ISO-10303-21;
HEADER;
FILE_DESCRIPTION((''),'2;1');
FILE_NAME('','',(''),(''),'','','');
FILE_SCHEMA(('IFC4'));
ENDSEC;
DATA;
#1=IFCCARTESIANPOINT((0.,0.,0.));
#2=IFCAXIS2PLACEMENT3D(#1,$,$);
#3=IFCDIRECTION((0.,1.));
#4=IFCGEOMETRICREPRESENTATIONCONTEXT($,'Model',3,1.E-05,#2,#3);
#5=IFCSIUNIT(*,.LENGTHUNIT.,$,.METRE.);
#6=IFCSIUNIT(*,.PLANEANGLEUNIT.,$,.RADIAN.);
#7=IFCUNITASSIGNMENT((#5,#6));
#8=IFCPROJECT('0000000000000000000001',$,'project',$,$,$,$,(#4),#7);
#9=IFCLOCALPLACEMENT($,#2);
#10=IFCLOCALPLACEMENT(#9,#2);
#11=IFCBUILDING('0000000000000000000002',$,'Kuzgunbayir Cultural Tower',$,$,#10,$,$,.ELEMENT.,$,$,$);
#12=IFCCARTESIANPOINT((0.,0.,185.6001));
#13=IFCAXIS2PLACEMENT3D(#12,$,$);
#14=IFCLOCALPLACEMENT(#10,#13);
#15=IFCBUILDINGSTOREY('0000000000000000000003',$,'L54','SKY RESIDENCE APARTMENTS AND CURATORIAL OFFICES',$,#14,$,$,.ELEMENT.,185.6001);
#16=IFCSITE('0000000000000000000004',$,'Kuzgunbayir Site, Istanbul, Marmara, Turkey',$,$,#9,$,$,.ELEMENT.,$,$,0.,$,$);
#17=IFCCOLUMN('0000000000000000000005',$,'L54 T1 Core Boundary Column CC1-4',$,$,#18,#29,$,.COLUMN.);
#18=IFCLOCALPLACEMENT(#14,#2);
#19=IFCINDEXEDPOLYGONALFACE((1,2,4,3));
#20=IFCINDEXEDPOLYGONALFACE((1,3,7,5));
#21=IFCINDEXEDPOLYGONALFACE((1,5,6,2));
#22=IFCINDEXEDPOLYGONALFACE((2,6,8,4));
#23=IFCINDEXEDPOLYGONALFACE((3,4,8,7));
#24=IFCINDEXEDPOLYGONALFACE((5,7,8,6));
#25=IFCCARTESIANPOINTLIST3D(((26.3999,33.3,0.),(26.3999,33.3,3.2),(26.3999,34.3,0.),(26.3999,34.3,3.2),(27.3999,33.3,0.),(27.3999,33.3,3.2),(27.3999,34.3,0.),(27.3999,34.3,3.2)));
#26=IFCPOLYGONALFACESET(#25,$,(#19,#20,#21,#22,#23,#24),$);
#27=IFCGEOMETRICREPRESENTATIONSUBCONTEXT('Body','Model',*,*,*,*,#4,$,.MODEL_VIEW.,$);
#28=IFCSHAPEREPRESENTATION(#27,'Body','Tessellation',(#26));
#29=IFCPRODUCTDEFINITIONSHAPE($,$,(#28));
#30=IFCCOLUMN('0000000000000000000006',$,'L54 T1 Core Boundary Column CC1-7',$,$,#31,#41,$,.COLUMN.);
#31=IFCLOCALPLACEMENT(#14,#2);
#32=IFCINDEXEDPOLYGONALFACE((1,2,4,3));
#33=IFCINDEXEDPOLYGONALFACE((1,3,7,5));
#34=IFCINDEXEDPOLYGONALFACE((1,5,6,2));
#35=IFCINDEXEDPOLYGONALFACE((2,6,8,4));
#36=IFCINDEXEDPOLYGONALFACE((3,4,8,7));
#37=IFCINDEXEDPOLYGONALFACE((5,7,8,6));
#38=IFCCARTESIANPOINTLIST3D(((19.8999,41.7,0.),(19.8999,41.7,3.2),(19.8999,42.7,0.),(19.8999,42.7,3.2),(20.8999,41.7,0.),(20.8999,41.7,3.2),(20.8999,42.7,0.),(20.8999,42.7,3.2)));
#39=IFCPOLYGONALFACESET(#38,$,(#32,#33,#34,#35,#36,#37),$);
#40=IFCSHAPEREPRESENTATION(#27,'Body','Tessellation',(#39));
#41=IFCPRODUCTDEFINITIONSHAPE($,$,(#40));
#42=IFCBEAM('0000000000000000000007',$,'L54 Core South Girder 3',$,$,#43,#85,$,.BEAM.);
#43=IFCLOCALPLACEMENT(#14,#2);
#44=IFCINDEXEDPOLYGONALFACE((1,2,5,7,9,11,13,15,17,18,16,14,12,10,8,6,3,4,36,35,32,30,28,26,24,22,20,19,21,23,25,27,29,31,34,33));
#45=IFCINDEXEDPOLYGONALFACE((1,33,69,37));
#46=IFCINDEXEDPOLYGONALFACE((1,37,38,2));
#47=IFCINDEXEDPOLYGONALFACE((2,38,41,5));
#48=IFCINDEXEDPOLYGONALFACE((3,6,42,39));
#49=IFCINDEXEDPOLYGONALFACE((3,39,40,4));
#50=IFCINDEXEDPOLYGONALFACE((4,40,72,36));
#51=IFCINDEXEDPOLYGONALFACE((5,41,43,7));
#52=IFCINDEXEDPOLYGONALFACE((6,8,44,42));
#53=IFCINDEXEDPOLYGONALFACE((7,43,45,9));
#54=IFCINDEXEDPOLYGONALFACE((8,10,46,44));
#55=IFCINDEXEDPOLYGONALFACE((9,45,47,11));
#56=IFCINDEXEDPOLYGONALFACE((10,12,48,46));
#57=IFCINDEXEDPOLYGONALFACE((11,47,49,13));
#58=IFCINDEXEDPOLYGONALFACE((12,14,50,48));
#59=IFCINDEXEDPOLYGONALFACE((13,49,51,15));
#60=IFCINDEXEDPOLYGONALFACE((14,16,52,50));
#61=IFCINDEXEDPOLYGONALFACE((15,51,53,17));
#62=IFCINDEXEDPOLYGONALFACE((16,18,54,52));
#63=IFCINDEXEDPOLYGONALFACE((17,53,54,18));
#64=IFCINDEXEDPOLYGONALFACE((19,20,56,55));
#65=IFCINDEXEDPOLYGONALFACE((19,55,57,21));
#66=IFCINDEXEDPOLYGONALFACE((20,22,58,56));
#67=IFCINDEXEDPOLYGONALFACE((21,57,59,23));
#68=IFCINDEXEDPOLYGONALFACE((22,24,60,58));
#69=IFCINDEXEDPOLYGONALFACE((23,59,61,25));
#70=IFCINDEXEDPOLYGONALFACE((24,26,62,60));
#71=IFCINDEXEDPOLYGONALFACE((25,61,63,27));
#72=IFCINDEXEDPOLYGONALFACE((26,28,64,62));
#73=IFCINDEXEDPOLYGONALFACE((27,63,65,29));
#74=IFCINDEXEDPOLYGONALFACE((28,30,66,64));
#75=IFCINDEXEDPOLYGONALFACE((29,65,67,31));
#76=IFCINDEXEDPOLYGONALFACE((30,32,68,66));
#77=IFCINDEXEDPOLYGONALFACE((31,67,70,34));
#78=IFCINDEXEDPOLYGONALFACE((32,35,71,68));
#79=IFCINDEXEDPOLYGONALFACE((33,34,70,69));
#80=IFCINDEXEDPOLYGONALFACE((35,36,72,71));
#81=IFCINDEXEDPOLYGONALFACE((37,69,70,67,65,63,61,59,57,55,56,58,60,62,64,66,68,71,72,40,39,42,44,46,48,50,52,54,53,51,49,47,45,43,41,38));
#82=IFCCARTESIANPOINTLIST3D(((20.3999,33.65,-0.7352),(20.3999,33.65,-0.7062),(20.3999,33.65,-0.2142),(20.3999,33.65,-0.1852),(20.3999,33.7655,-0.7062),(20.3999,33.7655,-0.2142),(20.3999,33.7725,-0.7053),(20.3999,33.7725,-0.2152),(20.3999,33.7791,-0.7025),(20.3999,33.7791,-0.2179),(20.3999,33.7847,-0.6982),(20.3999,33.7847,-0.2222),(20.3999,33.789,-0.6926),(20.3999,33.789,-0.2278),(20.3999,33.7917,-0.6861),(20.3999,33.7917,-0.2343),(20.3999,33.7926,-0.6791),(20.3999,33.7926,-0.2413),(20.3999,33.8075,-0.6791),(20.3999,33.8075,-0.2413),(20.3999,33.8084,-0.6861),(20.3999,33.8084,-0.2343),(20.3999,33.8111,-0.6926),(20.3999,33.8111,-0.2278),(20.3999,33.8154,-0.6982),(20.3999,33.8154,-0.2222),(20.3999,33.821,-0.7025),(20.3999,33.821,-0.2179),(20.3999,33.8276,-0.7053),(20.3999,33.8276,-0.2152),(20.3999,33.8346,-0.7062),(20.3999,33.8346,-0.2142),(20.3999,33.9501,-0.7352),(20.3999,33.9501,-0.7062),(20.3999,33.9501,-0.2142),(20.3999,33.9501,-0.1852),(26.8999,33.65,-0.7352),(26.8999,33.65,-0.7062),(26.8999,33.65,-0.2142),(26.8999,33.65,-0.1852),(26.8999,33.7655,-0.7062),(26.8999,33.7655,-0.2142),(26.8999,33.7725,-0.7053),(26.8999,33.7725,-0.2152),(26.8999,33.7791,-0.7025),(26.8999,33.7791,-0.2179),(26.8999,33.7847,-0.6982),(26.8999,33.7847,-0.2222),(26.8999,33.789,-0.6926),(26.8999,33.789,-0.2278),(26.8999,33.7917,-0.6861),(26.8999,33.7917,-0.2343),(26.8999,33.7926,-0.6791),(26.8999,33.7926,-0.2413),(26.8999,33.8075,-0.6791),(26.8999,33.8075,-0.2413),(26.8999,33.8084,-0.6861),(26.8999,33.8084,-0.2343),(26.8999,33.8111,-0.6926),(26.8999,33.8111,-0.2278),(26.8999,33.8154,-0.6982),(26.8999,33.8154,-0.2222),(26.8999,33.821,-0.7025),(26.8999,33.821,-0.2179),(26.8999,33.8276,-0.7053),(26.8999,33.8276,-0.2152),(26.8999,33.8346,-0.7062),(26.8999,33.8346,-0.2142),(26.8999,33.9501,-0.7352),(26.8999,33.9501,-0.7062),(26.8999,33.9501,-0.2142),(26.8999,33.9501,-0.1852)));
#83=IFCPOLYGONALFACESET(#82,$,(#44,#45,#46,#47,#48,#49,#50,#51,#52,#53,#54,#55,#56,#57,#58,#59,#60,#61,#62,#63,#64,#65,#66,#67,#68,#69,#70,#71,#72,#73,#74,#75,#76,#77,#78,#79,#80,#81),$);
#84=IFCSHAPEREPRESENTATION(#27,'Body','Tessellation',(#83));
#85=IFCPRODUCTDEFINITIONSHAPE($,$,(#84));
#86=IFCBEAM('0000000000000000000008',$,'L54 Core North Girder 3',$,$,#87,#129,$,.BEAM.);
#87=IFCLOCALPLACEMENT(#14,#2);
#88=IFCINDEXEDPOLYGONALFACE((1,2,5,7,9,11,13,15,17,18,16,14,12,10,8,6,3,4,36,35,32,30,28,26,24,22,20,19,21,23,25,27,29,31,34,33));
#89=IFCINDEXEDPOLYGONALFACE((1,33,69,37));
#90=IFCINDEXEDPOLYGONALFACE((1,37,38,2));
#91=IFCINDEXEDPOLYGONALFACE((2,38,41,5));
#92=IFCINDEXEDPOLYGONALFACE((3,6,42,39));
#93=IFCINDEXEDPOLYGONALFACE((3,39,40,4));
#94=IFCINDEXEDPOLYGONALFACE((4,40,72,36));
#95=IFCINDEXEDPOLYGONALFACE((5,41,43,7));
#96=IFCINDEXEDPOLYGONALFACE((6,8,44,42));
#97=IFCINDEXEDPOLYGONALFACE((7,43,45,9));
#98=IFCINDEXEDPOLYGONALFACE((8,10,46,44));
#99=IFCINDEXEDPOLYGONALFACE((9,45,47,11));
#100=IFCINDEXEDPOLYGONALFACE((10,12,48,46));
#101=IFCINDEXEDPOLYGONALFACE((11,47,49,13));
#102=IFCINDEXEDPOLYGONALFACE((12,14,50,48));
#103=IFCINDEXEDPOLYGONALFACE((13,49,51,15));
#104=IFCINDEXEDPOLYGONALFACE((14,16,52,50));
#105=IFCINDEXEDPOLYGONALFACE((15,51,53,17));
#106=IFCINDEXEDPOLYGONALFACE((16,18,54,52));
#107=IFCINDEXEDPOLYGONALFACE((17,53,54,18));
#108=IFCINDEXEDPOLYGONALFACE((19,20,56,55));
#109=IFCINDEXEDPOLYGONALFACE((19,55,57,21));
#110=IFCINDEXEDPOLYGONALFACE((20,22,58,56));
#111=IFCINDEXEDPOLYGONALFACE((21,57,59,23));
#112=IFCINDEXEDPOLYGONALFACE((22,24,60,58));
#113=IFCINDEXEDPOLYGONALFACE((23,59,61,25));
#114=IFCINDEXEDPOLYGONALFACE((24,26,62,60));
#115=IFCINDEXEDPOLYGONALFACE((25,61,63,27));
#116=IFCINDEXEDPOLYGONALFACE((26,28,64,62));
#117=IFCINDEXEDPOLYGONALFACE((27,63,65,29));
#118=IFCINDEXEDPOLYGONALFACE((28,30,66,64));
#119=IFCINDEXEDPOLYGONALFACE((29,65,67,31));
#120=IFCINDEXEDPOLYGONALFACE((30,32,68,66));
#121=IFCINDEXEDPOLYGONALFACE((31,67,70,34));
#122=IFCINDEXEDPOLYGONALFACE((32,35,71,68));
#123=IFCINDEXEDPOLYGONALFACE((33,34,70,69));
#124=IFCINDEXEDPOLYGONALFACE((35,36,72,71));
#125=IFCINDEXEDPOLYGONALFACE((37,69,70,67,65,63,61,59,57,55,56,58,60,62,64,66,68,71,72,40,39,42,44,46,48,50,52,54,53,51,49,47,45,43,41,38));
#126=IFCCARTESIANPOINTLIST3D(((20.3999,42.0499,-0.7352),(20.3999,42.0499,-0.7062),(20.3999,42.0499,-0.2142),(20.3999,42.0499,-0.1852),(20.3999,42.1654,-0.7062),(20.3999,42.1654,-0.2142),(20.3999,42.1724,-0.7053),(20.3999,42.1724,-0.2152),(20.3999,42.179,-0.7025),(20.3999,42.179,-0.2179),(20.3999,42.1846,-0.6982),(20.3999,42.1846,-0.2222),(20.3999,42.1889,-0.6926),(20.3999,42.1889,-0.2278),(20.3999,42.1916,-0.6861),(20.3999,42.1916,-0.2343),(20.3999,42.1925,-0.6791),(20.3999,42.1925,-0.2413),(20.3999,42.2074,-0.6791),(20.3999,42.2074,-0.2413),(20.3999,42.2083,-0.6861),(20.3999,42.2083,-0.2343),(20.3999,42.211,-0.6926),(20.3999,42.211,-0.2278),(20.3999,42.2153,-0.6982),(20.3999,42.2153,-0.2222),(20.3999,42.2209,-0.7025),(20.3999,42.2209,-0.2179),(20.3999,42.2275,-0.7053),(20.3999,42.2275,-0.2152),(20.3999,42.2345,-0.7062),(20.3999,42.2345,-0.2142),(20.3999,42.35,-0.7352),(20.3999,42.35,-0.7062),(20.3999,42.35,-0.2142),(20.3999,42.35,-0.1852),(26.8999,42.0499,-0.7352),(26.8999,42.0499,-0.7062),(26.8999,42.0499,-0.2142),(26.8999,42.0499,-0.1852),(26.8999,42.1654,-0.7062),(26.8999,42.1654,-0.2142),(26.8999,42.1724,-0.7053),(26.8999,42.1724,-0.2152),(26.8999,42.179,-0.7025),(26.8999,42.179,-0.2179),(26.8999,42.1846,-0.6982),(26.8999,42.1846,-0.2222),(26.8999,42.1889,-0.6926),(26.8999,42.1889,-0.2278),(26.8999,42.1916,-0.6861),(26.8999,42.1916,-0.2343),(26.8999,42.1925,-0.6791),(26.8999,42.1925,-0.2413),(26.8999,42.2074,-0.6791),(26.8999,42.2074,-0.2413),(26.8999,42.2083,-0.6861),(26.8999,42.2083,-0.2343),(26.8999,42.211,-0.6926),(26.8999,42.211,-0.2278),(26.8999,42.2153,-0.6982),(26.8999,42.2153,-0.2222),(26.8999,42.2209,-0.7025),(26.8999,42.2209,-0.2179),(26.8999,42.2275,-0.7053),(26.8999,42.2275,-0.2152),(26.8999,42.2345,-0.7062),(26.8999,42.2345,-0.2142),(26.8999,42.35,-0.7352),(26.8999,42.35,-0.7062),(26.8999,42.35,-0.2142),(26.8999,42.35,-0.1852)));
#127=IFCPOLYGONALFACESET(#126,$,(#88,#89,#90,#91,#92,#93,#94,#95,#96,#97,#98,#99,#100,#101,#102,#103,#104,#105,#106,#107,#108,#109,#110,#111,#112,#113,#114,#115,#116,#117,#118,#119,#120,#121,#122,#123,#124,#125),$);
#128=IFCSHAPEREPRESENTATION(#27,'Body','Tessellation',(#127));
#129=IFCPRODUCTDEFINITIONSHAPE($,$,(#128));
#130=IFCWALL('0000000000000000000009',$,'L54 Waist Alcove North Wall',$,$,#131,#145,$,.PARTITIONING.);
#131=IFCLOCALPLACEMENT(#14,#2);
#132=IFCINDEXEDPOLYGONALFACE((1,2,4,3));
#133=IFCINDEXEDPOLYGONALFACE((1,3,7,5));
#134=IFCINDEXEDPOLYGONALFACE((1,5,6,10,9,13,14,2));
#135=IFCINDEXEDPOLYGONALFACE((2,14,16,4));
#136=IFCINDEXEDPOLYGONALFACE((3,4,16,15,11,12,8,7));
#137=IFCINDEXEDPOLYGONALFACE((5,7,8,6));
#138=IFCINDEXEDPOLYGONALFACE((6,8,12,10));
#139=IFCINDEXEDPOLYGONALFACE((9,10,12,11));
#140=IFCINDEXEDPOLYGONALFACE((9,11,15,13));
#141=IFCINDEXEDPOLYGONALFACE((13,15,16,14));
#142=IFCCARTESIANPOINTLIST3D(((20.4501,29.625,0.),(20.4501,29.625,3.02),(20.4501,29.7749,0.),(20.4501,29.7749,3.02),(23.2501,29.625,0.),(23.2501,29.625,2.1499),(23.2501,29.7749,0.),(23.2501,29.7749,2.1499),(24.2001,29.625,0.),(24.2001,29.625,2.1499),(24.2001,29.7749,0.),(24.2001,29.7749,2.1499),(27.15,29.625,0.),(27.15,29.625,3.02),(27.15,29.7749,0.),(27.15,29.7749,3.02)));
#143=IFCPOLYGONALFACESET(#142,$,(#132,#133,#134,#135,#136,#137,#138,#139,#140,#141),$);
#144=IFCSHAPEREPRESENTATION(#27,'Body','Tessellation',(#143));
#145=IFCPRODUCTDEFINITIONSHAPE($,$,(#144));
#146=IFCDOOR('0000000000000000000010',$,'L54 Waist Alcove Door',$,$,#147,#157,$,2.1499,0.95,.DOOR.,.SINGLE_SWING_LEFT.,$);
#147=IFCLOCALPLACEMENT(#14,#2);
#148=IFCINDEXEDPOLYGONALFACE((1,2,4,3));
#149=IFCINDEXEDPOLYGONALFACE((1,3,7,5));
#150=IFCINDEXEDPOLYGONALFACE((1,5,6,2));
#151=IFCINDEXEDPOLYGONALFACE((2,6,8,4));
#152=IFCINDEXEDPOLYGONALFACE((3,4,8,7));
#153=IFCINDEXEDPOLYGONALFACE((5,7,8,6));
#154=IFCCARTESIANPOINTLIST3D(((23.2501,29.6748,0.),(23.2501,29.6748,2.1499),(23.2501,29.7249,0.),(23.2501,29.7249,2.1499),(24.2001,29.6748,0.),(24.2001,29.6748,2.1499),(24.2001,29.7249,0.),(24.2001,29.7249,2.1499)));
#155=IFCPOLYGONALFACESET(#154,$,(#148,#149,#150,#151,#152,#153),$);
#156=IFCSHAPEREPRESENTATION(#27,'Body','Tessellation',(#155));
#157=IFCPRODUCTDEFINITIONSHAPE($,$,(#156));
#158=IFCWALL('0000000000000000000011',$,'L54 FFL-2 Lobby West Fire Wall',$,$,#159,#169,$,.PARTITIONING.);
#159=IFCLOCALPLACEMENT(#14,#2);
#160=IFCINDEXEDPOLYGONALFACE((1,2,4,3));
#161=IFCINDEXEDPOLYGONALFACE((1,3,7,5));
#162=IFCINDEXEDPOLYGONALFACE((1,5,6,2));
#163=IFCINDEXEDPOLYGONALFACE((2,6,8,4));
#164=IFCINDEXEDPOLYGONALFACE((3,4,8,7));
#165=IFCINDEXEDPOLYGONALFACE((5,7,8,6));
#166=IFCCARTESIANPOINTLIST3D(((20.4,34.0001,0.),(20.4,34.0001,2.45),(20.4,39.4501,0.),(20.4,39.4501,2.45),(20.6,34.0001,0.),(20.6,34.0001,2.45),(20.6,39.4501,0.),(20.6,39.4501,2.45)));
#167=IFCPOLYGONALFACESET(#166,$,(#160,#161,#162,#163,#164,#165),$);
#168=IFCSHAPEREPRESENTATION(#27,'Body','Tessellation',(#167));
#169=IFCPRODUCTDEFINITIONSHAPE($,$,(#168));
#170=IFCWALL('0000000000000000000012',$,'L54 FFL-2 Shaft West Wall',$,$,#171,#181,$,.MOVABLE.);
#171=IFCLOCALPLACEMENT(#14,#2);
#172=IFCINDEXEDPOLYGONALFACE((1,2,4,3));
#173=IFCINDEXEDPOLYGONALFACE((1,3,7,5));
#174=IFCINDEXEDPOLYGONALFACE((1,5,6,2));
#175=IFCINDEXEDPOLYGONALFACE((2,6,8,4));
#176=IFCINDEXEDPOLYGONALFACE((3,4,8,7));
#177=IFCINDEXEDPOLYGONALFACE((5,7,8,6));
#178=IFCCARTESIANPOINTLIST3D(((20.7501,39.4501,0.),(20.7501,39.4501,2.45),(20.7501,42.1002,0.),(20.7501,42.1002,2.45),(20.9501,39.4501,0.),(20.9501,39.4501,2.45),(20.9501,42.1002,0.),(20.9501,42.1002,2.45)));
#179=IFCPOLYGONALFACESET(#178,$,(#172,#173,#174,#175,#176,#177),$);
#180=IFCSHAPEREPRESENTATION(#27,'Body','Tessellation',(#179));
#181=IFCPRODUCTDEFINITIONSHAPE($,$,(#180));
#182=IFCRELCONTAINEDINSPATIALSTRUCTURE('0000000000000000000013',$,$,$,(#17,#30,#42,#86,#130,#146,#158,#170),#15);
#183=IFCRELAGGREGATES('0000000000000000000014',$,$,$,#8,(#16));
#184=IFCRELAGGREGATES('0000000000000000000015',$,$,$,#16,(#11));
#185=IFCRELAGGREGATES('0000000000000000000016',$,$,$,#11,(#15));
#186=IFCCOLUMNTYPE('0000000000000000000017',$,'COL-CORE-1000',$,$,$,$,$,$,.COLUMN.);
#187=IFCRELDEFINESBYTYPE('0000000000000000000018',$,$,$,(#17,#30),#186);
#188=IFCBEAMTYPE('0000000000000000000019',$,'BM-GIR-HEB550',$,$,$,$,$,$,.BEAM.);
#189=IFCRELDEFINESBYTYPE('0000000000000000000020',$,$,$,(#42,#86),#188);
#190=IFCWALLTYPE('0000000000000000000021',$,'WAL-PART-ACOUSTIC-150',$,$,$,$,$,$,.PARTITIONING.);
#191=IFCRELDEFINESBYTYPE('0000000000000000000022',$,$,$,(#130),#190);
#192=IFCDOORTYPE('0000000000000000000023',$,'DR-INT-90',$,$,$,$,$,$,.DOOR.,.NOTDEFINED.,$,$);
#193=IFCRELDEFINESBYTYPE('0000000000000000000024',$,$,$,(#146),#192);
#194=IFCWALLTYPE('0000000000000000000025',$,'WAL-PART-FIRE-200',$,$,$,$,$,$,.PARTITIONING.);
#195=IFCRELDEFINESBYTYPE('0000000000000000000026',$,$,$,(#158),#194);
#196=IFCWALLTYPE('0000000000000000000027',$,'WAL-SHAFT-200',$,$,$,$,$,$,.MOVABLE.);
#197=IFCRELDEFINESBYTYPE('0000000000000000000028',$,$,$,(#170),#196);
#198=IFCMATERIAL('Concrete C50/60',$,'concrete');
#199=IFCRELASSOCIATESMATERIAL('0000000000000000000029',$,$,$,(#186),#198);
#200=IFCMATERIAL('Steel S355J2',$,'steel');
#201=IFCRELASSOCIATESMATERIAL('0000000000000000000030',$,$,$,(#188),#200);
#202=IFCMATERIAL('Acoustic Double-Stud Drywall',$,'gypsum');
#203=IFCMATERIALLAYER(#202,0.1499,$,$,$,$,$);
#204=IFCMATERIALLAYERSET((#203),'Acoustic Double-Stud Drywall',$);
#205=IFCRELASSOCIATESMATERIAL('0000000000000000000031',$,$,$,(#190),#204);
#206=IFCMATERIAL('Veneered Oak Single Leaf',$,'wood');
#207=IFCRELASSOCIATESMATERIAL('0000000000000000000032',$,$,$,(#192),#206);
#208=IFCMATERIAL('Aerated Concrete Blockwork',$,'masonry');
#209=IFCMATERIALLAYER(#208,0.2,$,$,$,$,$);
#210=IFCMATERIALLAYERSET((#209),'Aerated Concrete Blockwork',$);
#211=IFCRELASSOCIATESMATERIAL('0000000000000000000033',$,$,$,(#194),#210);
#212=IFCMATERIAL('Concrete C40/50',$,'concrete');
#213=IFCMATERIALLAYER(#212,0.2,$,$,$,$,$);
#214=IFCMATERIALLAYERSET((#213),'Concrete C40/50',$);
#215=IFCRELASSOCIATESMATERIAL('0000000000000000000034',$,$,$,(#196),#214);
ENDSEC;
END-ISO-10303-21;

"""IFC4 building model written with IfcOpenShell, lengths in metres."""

from ifc_helpers import new_model, si_unit, direction, frame, frame_2d, origin, origin_2d, place, context, subcontext, project, spatial, rectangle, i_section, extrude, material, layer, layer_set, material_profile, profile_set, type_object, element, fill, save


model = new_model("IFC4")

# Units and contexts
model_context = context("Model", 3, precision=1e-05, world=origin(), true_north=direction((0.0, 1.0)))
body_context = subcontext(model_context, "Body", "Model", "MODEL_VIEW")
ifc_project = project(units=[si_unit("LENGTHUNIT", "METRE"), si_unit("PLANEANGLEUNIT", "RADIAN")], contexts=[model_context])

# Site, building, storey
site_placement = place(None, origin())
site = spatial("IfcSite", under=ifc_project, at=site_placement, Name="Kuzgunbayir Site, Istanbul, Marmara, Turkey", CompositionType="ELEMENT", RefElevation=0.0)
building_placement = place(site_placement, origin())
building = spatial("IfcBuilding", under=site, at=building_placement, Name="Kuzgunbayir Cultural Tower", CompositionType="ELEMENT")
storey_placement = place(building_placement, frame((0.0, 0.0, 185.6001)))
storey = spatial("IfcBuildingStorey", under=building, at=storey_placement, Name="L54", Description="SKY RESIDENCE APARTMENTS AND CURATORIAL OFFICES", CompositionType="ELEMENT", Elevation=185.6001)

# Columns
ifc_material_1 = material(Name="Concrete C50/60", Category="concrete")
ifc_material_profile_1 = material_profile(ifc_material_1, rectangle(XDim=1.0, YDim=1.0, at=origin_2d()), Name="RC 1000x1000")
ifc_profile_set_1 = profile_set([ifc_material_profile_1], Name="Concrete C50/60")
column_type = type_object("IfcColumnType", Name="COL-CORE-1000", PredefinedType="COLUMN", material=ifc_profile_set_1)
for number, where, z_axis, x_axis, name in (
    (1, (26.8999, 33.8, 0.0), (0.0, 0.0, 1.0), (1.0, 0.0, 0.0), "L54 T1 Core Boundary Column CC1-4"),
    (2, (20.3999, 42.2, 0.0), (0.0, 0.0, 1.0), (1.0, 0.0, 0.0), "L54 T1 Core Boundary Column CC1-7"),
):
    element("IfcColumn", number, at=place(storey_placement, frame(where, z_axis=z_axis, x_axis=x_axis)), inside=storey, type_object=column_type, Name=name, PredefinedType="COLUMN", context=body_context, shape_type="SweptSolid", body=[
        extrude(rectangle(XDim=1.0, YDim=1.0, at=origin_2d()), origin(), (0.0, 0.0, 1.0), 3.2),
    ])

# Beams
ifc_material_2 = material(Name="Steel S355J2", Category="steel")
ifc_material_profile_2 = material_profile(ifc_material_2, i_section(OverallWidth=0.3, OverallDepth=0.55, WebThickness=0.0149, FlangeThickness=0.0291, FilletRadius=0.0271, at=origin_2d()), Name="HEB 550")
ifc_profile_set_2 = profile_set([ifc_material_profile_2], Name="Steel S355J2")
beam_type = type_object("IfcBeamType", Name="BM-GIR-HEB550", PredefinedType="BEAM", material=ifc_profile_set_2)
for number, where, z_axis, x_axis, name in (
    (3, (20.3999, 33.8, -0.4602), (1.0, 0.0, 0.0), (0.0, 1.0, 0.0), "L54 Core South Girder 3"),
    (4, (20.3999, 42.2, -0.4602), (1.0, 0.0, 0.0), (0.0, 1.0, 0.0), "L54 Core North Girder 3"),
):
    element("IfcBeam", number, at=place(storey_placement, frame(where, z_axis=z_axis, x_axis=x_axis)), inside=storey, type_object=beam_type, Name=name, PredefinedType="BEAM", context=body_context, shape_type="SweptSolid", body=[
        extrude(i_section(OverallWidth=0.3, OverallDepth=0.55, WebThickness=0.0149, FlangeThickness=0.0291, FilletRadius=0.0271, at=origin_2d()), origin(), (0.0, 0.0, 1.0), 6.5),
    ])

# Wall, opening, door
ifc_material_3 = material(Name="Acoustic Double-Stud Drywall", Category="gypsum")
ifc_layer_1 = layer(ifc_material_3, 0.1499)
ifc_layer_set_1 = layer_set([ifc_layer_1], Name="Acoustic Double-Stud Drywall")
wall_type_1 = type_object("IfcWallType", Name="WAL-PART-ACOUSTIC-150", PredefinedType="PARTITIONING", material=ifc_layer_set_1)
wall_1_placement = place(storey_placement, frame((20.45, 29.7, 0.0), z_axis=(0.0, 0.0, 1.0), x_axis=(1.0, 0.0, 0.0)))
wall_1 = element("IfcWall", 5, at=wall_1_placement, inside=storey, type_object=wall_type_1, Name="L54 Waist Alcove North Wall", PredefinedType="PARTITIONING", context=body_context, shape_type="SweptSolid", body=[
    extrude(rectangle(XDim=6.7, YDim=0.1499, at=frame_2d((3.3501, 0.0))), origin(), (0.0, 0.0, 1.0), 3.02),
])
opening_1_placement = place(wall_1_placement, frame((2.8, 0.0, 0.0)))
opening_1 = element("IfcOpeningElement", 6, at=opening_1_placement, cuts=wall_1, PredefinedType="OPENING", context=body_context, shape_type="SweptSolid", body=[
    extrude(rectangle(XDim=0.95, YDim=2.1499, at=frame_2d((0.4751, 1.075))), frame((0.0, 0.085, 0.0), z_axis=(0.0, -1.0, 0.0), x_axis=(1.0, 0.0, 0.0)), (0.0, 0.0, 1.0), 0.1699),
])
ifc_material_4 = material(Name="Veneered Oak Single Leaf", Category="wood")
door_type_1 = type_object("IfcDoorType", Name="DR-INT-90", OperationType="NOTDEFINED", PredefinedType="DOOR", material=ifc_material_4)
door_1_placement = place(opening_1_placement, origin())
door_1 = element("IfcDoor", 7, at=door_1_placement, inside=storey, type_object=door_type_1, Name="L54 Waist Alcove Door", OperationType="SINGLE_SWING_LEFT", OverallHeight=2.1499, OverallWidth=0.95, PredefinedType="DOOR", context=body_context, shape_type="SweptSolid", body=[
    extrude(rectangle(XDim=0.95, YDim=2.1499, at=frame_2d((0.4751, 1.075))), frame((0.0, 0.0249, 0.0), z_axis=(0.0, -1.0, 0.0), x_axis=(1.0, 0.0, 0.0)), (0.0, 0.0, 1.0), 0.05),
])
fill(opening_1, door_1)

# Wall
ifc_material_5 = material(Name="Aerated Concrete Blockwork", Category="masonry")
ifc_layer_2 = layer(ifc_material_5, 0.2)
ifc_layer_set_2 = layer_set([ifc_layer_2], Name="Aerated Concrete Blockwork")
wall_type_2 = type_object("IfcWallType", Name="WAL-PART-FIRE-200", PredefinedType="PARTITIONING", material=ifc_layer_set_2)
wall_2_placement = place(storey_placement, frame((20.5, 34.0, 0.0), z_axis=(0.0, 0.0, 1.0), x_axis=(0.0, 1.0, 0.0)))
element("IfcWall", 8, at=wall_2_placement, inside=storey, type_object=wall_type_2, Name="L54 FFL-2 Lobby West Fire Wall", PredefinedType="PARTITIONING", context=body_context, shape_type="SweptSolid", body=[
    extrude(rectangle(XDim=5.45, YDim=0.2, at=frame_2d((2.7251, 0.0))), origin(), (0.0, 0.0, 1.0), 2.45),
])

# Shared definitions
ifc_material_6 = material(Name="Concrete C40/50", Category="concrete")
ifc_layer_3 = layer(ifc_material_6, 0.2)
ifc_layer_set_3 = layer_set([ifc_layer_3], Name="Concrete C40/50")
wall_type_3 = type_object("IfcWallType", Name="WAL-SHAFT-200", PredefinedType="MOVABLE", material=ifc_layer_set_3)

# Wall
for number, where, z_axis, x_axis, name in (
    (9, (20.8501, 39.45, 0.0), (0.0, 0.0, 1.0), (0.0, 1.0, 0.0), "L54 FFL-2 Shaft West Wall"),
):
    element("IfcWall", number, at=place(storey_placement, frame(where, z_axis=z_axis, x_axis=x_axis)), inside=storey, type_object=wall_type_3, Name=name, PredefinedType="MOVABLE", context=body_context, shape_type="SweptSolid", body=[
        extrude(rectangle(XDim=2.6501, YDim=0.2, at=frame_2d((1.3252, 0.0))), origin(), (0.0, 0.0, 1.0), 2.45),
    ])

save(model, "model.ifc")
